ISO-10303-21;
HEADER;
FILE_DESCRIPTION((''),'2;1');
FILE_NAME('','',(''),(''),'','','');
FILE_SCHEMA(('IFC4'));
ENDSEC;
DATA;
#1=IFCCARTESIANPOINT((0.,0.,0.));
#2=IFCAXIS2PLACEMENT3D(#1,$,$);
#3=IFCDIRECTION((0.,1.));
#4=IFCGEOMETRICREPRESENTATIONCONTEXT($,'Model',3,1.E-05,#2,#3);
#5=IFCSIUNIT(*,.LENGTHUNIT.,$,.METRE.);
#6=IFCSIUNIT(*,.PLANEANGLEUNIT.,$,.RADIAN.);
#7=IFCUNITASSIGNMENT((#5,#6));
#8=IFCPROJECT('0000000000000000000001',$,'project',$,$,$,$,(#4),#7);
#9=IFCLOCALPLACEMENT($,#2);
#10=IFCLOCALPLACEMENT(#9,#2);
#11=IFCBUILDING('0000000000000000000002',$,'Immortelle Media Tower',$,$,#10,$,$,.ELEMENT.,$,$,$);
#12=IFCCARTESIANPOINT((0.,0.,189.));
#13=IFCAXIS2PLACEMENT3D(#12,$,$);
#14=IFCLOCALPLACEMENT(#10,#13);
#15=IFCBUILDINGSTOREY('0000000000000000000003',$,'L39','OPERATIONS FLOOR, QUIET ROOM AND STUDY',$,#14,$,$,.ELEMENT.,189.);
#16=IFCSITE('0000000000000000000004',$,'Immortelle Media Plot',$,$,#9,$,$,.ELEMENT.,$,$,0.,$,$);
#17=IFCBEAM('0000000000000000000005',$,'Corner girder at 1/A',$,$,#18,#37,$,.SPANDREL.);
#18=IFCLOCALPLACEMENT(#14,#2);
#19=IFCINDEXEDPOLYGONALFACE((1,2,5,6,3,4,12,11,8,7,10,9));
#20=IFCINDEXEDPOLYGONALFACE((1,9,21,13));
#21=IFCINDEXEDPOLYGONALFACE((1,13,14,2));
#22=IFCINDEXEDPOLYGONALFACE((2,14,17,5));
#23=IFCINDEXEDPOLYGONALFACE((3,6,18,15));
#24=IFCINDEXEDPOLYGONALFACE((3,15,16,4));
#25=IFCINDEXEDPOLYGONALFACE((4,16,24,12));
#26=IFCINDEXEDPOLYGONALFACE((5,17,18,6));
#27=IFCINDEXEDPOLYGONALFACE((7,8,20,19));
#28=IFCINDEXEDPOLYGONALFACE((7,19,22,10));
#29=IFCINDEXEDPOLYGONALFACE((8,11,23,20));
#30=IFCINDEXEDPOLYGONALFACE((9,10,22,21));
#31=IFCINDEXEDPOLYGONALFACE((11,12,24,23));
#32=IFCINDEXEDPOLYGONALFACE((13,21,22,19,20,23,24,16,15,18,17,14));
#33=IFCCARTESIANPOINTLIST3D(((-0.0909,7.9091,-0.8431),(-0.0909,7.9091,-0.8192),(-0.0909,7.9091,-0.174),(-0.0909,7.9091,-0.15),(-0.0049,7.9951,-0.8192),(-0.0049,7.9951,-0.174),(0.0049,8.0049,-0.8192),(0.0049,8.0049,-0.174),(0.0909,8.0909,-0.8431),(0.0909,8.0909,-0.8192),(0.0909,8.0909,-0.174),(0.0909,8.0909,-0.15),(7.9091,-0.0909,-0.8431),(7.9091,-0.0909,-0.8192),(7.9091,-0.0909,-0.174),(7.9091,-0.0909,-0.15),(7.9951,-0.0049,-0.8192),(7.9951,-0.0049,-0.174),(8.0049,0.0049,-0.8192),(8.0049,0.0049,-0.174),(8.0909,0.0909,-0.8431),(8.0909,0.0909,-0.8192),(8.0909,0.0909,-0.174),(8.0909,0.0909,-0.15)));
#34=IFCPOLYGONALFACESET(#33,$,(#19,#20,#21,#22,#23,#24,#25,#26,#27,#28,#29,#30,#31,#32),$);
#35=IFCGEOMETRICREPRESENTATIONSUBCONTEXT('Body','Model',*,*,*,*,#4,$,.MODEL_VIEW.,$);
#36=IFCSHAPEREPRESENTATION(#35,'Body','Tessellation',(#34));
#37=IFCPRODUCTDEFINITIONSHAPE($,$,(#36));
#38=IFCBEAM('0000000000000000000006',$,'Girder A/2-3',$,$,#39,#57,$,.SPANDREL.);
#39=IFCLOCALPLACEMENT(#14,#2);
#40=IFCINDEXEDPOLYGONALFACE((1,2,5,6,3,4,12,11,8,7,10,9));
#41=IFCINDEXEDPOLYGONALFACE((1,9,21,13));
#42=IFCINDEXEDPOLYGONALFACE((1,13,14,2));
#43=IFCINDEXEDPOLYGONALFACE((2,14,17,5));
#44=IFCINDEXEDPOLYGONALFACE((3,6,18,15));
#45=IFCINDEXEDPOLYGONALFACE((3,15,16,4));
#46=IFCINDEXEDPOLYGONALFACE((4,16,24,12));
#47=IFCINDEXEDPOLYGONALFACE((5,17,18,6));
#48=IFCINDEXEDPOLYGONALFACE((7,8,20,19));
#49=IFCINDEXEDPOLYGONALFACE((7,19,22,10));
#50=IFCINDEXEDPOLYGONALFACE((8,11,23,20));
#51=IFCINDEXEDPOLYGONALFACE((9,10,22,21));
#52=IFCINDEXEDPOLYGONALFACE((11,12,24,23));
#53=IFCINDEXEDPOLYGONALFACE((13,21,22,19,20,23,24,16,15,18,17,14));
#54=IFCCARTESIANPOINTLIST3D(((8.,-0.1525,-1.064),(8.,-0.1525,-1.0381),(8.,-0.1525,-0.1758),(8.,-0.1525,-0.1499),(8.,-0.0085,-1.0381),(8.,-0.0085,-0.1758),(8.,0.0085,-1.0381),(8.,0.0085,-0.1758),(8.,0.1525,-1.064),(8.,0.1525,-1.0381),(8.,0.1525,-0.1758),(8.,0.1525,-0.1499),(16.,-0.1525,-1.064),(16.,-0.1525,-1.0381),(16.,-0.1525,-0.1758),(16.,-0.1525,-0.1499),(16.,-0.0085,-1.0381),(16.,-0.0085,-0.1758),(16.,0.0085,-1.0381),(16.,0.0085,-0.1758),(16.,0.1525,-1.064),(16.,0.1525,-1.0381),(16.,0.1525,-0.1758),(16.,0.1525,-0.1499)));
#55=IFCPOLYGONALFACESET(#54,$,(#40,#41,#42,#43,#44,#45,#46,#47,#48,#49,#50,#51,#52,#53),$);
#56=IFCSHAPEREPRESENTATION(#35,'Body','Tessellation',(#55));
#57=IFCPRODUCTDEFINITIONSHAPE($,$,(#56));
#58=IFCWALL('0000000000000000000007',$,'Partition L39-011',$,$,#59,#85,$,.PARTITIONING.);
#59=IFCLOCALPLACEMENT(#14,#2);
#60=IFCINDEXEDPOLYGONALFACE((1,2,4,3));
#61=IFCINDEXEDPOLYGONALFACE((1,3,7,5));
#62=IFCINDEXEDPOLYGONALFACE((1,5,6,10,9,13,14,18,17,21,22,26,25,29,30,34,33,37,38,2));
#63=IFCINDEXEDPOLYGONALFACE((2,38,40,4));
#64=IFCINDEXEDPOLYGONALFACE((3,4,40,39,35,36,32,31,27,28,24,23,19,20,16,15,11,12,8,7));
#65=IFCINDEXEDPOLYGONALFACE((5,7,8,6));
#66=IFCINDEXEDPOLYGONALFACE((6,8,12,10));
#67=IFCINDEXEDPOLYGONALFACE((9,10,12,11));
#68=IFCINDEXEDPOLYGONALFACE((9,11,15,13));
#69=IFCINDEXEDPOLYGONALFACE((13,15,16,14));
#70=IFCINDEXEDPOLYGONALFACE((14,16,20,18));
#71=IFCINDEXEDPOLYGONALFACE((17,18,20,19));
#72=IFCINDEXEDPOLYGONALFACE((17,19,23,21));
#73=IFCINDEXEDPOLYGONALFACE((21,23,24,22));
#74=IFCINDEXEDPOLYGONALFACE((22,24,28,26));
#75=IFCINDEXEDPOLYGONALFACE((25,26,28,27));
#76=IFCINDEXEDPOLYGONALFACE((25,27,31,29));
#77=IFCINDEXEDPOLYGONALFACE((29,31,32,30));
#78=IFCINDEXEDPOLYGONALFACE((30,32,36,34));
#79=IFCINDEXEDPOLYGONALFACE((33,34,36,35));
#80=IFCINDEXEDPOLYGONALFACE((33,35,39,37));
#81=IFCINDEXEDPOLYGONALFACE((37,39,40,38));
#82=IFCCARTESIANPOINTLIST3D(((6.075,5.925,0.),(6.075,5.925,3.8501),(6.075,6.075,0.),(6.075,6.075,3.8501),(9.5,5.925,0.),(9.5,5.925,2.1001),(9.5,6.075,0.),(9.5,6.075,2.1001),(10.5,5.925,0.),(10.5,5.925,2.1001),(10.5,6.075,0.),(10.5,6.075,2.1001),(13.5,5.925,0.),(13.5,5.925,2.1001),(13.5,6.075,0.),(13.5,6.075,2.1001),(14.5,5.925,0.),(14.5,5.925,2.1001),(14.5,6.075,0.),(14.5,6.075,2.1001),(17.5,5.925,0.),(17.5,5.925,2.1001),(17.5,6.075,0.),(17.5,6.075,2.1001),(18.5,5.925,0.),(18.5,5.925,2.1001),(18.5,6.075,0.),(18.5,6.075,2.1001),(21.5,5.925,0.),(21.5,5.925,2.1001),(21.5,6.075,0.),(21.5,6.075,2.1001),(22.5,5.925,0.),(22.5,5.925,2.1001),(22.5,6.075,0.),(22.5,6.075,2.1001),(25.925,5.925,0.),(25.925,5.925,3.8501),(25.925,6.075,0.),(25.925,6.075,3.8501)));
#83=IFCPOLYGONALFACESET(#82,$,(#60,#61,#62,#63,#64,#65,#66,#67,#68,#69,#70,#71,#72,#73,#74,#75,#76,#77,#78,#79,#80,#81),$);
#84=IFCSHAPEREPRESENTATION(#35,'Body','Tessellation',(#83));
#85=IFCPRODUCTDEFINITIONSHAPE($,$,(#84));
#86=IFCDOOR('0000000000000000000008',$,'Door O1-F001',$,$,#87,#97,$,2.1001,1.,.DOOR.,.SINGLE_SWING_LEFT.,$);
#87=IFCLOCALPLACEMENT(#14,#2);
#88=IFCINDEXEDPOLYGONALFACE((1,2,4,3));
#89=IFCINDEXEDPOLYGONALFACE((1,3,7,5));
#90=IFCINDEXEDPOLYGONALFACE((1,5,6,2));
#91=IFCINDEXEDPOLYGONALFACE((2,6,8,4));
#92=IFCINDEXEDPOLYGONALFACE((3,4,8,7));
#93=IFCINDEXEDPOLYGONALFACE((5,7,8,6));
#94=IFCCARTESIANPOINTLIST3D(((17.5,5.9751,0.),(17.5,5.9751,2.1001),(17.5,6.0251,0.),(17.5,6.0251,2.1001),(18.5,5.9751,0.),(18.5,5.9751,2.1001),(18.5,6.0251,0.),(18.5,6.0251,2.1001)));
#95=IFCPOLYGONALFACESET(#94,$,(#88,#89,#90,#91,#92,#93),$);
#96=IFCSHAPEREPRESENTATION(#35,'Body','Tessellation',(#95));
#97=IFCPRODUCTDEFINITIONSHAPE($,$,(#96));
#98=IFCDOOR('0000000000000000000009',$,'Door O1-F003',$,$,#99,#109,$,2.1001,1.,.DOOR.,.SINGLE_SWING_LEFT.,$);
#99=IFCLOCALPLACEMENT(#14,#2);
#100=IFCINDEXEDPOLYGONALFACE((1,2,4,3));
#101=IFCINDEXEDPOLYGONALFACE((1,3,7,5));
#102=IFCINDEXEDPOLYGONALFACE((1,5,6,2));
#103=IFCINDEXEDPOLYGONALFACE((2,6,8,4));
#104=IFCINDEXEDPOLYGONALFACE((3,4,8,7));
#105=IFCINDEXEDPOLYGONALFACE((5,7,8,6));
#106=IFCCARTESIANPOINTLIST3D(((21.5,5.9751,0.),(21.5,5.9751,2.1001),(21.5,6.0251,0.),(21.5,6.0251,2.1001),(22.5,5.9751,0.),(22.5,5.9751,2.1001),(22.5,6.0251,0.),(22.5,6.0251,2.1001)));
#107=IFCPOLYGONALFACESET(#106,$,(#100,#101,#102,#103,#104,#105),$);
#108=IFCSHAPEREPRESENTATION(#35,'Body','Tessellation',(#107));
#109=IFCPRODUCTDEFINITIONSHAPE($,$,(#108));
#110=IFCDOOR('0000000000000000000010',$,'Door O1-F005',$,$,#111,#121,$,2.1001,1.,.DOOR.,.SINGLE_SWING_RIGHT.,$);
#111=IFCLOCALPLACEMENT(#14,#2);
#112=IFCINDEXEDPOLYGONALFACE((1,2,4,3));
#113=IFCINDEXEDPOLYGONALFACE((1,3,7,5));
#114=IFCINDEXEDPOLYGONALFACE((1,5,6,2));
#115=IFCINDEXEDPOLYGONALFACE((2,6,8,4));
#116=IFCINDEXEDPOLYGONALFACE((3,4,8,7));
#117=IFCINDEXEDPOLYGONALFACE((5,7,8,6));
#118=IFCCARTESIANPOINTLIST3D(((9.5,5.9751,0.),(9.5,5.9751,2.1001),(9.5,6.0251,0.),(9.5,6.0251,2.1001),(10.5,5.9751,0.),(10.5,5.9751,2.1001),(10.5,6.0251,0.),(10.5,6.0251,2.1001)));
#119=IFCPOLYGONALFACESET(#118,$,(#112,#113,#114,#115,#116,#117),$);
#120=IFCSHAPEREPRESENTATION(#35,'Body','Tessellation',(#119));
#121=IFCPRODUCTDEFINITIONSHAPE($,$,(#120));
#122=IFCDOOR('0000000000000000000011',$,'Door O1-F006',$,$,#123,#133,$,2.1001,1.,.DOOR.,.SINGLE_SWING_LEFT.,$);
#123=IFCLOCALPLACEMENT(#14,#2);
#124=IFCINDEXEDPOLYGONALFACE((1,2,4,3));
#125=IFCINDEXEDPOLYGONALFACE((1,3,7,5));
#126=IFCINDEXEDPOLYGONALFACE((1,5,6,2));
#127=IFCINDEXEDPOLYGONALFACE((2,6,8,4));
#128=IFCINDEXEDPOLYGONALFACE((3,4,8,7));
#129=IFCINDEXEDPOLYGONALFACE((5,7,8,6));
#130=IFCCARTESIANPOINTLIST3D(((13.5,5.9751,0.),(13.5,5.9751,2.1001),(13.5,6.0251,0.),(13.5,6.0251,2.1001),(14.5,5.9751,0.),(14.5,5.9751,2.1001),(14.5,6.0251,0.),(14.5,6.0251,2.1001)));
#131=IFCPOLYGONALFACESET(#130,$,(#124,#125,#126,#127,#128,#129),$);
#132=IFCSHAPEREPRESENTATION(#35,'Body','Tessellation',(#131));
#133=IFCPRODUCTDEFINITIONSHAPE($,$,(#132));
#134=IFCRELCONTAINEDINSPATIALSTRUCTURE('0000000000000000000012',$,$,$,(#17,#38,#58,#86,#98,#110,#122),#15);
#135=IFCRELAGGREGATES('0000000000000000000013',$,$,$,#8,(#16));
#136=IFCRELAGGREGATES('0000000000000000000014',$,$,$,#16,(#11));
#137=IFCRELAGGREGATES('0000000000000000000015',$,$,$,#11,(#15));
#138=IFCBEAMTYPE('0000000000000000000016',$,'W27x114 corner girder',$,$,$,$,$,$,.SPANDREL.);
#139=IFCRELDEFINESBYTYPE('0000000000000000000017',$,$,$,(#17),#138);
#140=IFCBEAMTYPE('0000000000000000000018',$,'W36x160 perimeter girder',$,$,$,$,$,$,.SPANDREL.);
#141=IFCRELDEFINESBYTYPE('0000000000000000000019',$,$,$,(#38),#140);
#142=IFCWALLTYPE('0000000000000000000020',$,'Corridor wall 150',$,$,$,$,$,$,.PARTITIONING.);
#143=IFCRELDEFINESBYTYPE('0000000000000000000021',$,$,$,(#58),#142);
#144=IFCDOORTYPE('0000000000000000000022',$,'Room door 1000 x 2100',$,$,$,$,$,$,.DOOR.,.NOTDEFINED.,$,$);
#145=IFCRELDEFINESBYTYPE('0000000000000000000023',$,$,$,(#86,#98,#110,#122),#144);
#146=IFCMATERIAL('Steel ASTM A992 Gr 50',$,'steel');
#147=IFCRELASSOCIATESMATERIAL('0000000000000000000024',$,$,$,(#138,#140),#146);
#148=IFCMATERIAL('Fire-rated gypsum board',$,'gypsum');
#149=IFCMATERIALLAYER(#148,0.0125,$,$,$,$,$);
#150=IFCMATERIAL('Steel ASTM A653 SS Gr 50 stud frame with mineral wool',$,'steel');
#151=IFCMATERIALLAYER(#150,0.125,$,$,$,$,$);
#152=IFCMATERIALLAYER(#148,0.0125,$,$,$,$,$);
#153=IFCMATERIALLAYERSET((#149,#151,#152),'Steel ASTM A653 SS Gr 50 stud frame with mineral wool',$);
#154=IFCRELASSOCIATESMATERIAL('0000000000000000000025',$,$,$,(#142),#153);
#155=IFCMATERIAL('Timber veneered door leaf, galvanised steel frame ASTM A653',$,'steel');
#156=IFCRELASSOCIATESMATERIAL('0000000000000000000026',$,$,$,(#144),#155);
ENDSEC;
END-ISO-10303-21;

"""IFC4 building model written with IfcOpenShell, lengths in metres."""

from ifc_helpers import new_model, si_unit, direction, frame, frame_2d, origin, origin_2d, place, context, subcontext, project, spatial, rectangle, i_section, extrude, material, layer, layer_set, material_profile, profile_set, type_object, element, fill, save


model = new_model("IFC4")

# Units and contexts
model_context = context("Model", 3, precision=1e-05, world=origin(), true_north=direction((0.0, 1.0)))
body_context = subcontext(model_context, "Body", "Model", "MODEL_VIEW")
ifc_project = project(units=[si_unit("LENGTHUNIT", "METRE"), si_unit("PLANEANGLEUNIT", "RADIAN")], contexts=[model_context])

# Site, building, storey
site_placement = place(None, origin())
site = spatial("IfcSite", under=ifc_project, at=site_placement, Name="Immortelle Media Plot", CompositionType="ELEMENT", RefElevation=0.0)
building_placement = place(site_placement, origin())
building = spatial("IfcBuilding", under=site, at=building_placement, Name="Immortelle Media Tower", CompositionType="ELEMENT")
storey_placement = place(building_placement, frame((0.0, 0.0, 189.0)))
storey = spatial("IfcBuildingStorey", under=building, at=storey_placement, Name="L39", Description="OPERATIONS FLOOR, QUIET ROOM AND STUDY", CompositionType="ELEMENT", Elevation=189.0)

# Shared definitions
ifc_material_1 = material(Name="Steel ASTM A992 Gr 50", Category="steel")

# Beams
ifc_material_profile_1 = material_profile(ifc_material_1, i_section(OverallWidth=0.2571, OverallDepth=0.6931, WebThickness=0.0139, FlangeThickness=0.0239, at=origin_2d()), Name="W27x114")
ifc_profile_set_1 = profile_set([ifc_material_profile_1], Name="Steel ASTM A992 Gr 50")
beam_type_1 = type_object("IfcBeamType", Name="W27x114 corner girder", PredefinedType="SPANDREL", material=ifc_profile_set_1)
beam_1_placement = place(storey_placement, frame((8.0, 0.0, -0.4966), z_axis=(-0.707107, 0.707107, 0.0), x_axis=(-0.707107, -0.707107, 0.0)))
element("IfcBeam", 1, at=beam_1_placement, inside=storey, type_object=beam_type_1, Name="Corner girder at 1/A", PredefinedType="SPANDREL", context=body_context, shape_type="SweptSolid", body=[
    extrude(i_section(OverallWidth=0.2571, OverallDepth=0.6931, WebThickness=0.0139, FlangeThickness=0.0239, at=origin_2d()), origin(), (0.0, 0.0, 1.0), 11.3137),
])
ifc_material_profile_2 = material_profile(ifc_material_1, i_section(OverallWidth=0.3049, OverallDepth=0.9141, WebThickness=0.0171, FlangeThickness=0.0259, at=origin_2d()), Name="W36x160")
ifc_profile_set_2 = profile_set([ifc_material_profile_2], Name="Steel ASTM A992 Gr 50")
beam_type_2 = type_object("IfcBeamType", Name="W36x160 perimeter girder", PredefinedType="SPANDREL", material=ifc_profile_set_2)
beam_2_placement = place(storey_placement, frame((8.0, 0.0, -0.6069), z_axis=(1.0, 0.0, 0.0), x_axis=(0.0, 1.0, 0.0)))
element("IfcBeam", 2, at=beam_2_placement, inside=storey, type_object=beam_type_2, Name="Girder A/2-3", PredefinedType="SPANDREL", context=body_context, shape_type="SweptSolid", body=[
    extrude(i_section(OverallWidth=0.3049, OverallDepth=0.9141, WebThickness=0.0171, FlangeThickness=0.0259, at=origin_2d()), origin(), (0.0, 0.0, 1.0), 8.0),
])

# Wall, openings, doors
ifc_material_2 = material(Name="Fire-rated gypsum board", Category="gypsum")
ifc_layer_1 = layer(ifc_material_2, 0.0125)
ifc_material_3 = material(Name="Steel ASTM A653 SS Gr 50 stud frame with mineral wool", Category="steel")
ifc_layer_2 = layer(ifc_material_3, 0.125)
ifc_layer_3 = layer(ifc_material_2, 0.0125)
ifc_layer_set_1 = layer_set([ifc_layer_1, ifc_layer_2, ifc_layer_3], Name="Steel ASTM A653 SS Gr 50 stud frame with mineral wool")
wall_type_1 = type_object("IfcWallType", Name="Corridor wall 150", PredefinedType="PARTITIONING", material=ifc_layer_set_1)
wall_1_placement = place(storey_placement, frame((6.075, 6.0, 0.0), z_axis=(0.0, 0.0, 1.0), x_axis=(1.0, 0.0, 0.0)))
wall_1 = element("IfcWall", 3, at=wall_1_placement, inside=storey, type_object=wall_type_1, Name="Partition L39-011", PredefinedType="PARTITIONING", context=body_context, shape_type="SweptSolid", body=[
    extrude(rectangle(XDim=19.8501, YDim=0.1499, at=frame_2d((9.925, 0.0))), origin(), (0.0, 0.0, 1.0), 3.8501),
])
opening_1_placement = place(wall_1_placement, frame((12.425, 0.0, 0.0), z_axis=(0.0, 0.0, 1.0), x_axis=(-1.0, 0.0, 0.0)))
opening_1 = element("IfcOpeningElement", 4, at=opening_1_placement, cuts=wall_1, PredefinedType="OPENING", context=body_context, shape_type="SweptSolid", body=[
    extrude(rectangle(XDim=1.0, YDim=2.1001, at=frame_2d((0.5, 1.05))), frame((0.0, 0.085, 0.0), z_axis=(0.0, -1.0, 0.0), x_axis=(1.0, 0.0, 0.0)), (0.0, 0.0, 1.0), 0.1699),
])
opening_2_placement = place(wall_1_placement, frame((16.425, 0.0, 0.0), z_axis=(0.0, 0.0, 1.0), x_axis=(-1.0, 0.0, 0.0)))
opening_2 = element("IfcOpeningElement", 5, at=opening_2_placement, cuts=wall_1, PredefinedType="OPENING", context=body_context, shape_type="SweptSolid", body=[
    extrude(rectangle(XDim=1.0, YDim=2.1001, at=frame_2d((0.5, 1.05))), frame((0.0, 0.085, 0.0), z_axis=(0.0, -1.0, 0.0), x_axis=(1.0, 0.0, 0.0)), (0.0, 0.0, 1.0), 0.1699),
])
opening_3_placement = place(wall_1_placement, frame((4.425, 0.0, 0.0), z_axis=(0.0, 0.0, 1.0), x_axis=(-1.0, 0.0, 0.0)))
opening_3 = element("IfcOpeningElement", 6, at=opening_3_placement, cuts=wall_1, PredefinedType="OPENING", context=body_context, shape_type="SweptSolid", body=[
    extrude(rectangle(XDim=1.0, YDim=2.1001, at=frame_2d((0.5, 1.05))), frame((0.0, 0.085, 0.0), z_axis=(0.0, -1.0, 0.0), x_axis=(1.0, 0.0, 0.0)), (0.0, 0.0, 1.0), 0.1699),
])
opening_4_placement = place(wall_1_placement, frame((8.425, 0.0, 0.0), z_axis=(0.0, 0.0, 1.0), x_axis=(-1.0, 0.0, 0.0)))
opening_4 = element("IfcOpeningElement", 7, at=opening_4_placement, cuts=wall_1, PredefinedType="OPENING", context=body_context, shape_type="SweptSolid", body=[
    extrude(rectangle(XDim=1.0, YDim=2.1001, at=frame_2d((0.5, 1.05))), frame((0.0, 0.085, 0.0), z_axis=(0.0, -1.0, 0.0), x_axis=(1.0, 0.0, 0.0)), (0.0, 0.0, 1.0), 0.1699),
])
ifc_material_4 = material(Name="Timber veneered door leaf, galvanised steel frame ASTM A653", Category="steel")
door_type = type_object("IfcDoorType", Name="Room door 1000 x 2100", OperationType="NOTDEFINED", PredefinedType="DOOR", material=ifc_material_4)
door_1_placement = place(opening_1_placement, origin())
door_1 = element("IfcDoor", 8, at=door_1_placement, inside=storey, type_object=door_type, Name="Door O1-F001", OperationType="SINGLE_SWING_LEFT", OverallHeight=2.1001, OverallWidth=1.0, PredefinedType="DOOR", context=body_context, shape_type="SweptSolid", body=[
    extrude(rectangle(XDim=1.0, YDim=2.1001, at=frame_2d((0.5, 1.05))), frame((0.0, 0.0249, 0.0), z_axis=(0.0, -1.0, 0.0), x_axis=(1.0, 0.0, 0.0)), (0.0, 0.0, 1.0), 0.05),
])
fill(opening_1, door_1)
door_2_placement = place(opening_2_placement, origin())
door_2 = element("IfcDoor", 9, at=door_2_placement, inside=storey, type_object=door_type, Name="Door O1-F003", OperationType="SINGLE_SWING_LEFT", OverallHeight=2.1001, OverallWidth=1.0, PredefinedType="DOOR", context=body_context, shape_type="SweptSolid", body=[
    extrude(rectangle(XDim=1.0, YDim=2.1001, at=frame_2d((0.5, 1.05))), frame((0.0, 0.0249, 0.0), z_axis=(0.0, -1.0, 0.0), x_axis=(1.0, 0.0, 0.0)), (0.0, 0.0, 1.0), 0.05),
])
fill(opening_2, door_2)
door_3_placement = place(opening_3_placement, origin())
door_3 = element("IfcDoor", 10, at=door_3_placement, inside=storey, type_object=door_type, Name="Door O1-F005", OperationType="SINGLE_SWING_RIGHT", OverallHeight=2.1001, OverallWidth=1.0, PredefinedType="DOOR", context=body_context, shape_type="SweptSolid", body=[
    extrude(rectangle(XDim=1.0, YDim=2.1001, at=frame_2d((0.5, 1.05))), frame((0.0, 0.0249, 0.0), z_axis=(0.0, -1.0, 0.0), x_axis=(1.0, 0.0, 0.0)), (0.0, 0.0, 1.0), 0.05),
])
fill(opening_3, door_3)
door_4_placement = place(opening_4_placement, origin())
door_4 = element("IfcDoor", 11, at=door_4_placement, inside=storey, type_object=door_type, Name="Door O1-F006", OperationType="SINGLE_SWING_LEFT", OverallHeight=2.1001, OverallWidth=1.0, PredefinedType="DOOR", context=body_context, shape_type="SweptSolid", body=[
    extrude(rectangle(XDim=1.0, YDim=2.1001, at=frame_2d((0.5, 1.05))), frame((0.0, 0.0249, 0.0), z_axis=(0.0, -1.0, 0.0), x_axis=(1.0, 0.0, 0.0)), (0.0, 0.0, 1.0), 0.05),
])
fill(opening_4, door_4)

save(model, "model.ifc")
